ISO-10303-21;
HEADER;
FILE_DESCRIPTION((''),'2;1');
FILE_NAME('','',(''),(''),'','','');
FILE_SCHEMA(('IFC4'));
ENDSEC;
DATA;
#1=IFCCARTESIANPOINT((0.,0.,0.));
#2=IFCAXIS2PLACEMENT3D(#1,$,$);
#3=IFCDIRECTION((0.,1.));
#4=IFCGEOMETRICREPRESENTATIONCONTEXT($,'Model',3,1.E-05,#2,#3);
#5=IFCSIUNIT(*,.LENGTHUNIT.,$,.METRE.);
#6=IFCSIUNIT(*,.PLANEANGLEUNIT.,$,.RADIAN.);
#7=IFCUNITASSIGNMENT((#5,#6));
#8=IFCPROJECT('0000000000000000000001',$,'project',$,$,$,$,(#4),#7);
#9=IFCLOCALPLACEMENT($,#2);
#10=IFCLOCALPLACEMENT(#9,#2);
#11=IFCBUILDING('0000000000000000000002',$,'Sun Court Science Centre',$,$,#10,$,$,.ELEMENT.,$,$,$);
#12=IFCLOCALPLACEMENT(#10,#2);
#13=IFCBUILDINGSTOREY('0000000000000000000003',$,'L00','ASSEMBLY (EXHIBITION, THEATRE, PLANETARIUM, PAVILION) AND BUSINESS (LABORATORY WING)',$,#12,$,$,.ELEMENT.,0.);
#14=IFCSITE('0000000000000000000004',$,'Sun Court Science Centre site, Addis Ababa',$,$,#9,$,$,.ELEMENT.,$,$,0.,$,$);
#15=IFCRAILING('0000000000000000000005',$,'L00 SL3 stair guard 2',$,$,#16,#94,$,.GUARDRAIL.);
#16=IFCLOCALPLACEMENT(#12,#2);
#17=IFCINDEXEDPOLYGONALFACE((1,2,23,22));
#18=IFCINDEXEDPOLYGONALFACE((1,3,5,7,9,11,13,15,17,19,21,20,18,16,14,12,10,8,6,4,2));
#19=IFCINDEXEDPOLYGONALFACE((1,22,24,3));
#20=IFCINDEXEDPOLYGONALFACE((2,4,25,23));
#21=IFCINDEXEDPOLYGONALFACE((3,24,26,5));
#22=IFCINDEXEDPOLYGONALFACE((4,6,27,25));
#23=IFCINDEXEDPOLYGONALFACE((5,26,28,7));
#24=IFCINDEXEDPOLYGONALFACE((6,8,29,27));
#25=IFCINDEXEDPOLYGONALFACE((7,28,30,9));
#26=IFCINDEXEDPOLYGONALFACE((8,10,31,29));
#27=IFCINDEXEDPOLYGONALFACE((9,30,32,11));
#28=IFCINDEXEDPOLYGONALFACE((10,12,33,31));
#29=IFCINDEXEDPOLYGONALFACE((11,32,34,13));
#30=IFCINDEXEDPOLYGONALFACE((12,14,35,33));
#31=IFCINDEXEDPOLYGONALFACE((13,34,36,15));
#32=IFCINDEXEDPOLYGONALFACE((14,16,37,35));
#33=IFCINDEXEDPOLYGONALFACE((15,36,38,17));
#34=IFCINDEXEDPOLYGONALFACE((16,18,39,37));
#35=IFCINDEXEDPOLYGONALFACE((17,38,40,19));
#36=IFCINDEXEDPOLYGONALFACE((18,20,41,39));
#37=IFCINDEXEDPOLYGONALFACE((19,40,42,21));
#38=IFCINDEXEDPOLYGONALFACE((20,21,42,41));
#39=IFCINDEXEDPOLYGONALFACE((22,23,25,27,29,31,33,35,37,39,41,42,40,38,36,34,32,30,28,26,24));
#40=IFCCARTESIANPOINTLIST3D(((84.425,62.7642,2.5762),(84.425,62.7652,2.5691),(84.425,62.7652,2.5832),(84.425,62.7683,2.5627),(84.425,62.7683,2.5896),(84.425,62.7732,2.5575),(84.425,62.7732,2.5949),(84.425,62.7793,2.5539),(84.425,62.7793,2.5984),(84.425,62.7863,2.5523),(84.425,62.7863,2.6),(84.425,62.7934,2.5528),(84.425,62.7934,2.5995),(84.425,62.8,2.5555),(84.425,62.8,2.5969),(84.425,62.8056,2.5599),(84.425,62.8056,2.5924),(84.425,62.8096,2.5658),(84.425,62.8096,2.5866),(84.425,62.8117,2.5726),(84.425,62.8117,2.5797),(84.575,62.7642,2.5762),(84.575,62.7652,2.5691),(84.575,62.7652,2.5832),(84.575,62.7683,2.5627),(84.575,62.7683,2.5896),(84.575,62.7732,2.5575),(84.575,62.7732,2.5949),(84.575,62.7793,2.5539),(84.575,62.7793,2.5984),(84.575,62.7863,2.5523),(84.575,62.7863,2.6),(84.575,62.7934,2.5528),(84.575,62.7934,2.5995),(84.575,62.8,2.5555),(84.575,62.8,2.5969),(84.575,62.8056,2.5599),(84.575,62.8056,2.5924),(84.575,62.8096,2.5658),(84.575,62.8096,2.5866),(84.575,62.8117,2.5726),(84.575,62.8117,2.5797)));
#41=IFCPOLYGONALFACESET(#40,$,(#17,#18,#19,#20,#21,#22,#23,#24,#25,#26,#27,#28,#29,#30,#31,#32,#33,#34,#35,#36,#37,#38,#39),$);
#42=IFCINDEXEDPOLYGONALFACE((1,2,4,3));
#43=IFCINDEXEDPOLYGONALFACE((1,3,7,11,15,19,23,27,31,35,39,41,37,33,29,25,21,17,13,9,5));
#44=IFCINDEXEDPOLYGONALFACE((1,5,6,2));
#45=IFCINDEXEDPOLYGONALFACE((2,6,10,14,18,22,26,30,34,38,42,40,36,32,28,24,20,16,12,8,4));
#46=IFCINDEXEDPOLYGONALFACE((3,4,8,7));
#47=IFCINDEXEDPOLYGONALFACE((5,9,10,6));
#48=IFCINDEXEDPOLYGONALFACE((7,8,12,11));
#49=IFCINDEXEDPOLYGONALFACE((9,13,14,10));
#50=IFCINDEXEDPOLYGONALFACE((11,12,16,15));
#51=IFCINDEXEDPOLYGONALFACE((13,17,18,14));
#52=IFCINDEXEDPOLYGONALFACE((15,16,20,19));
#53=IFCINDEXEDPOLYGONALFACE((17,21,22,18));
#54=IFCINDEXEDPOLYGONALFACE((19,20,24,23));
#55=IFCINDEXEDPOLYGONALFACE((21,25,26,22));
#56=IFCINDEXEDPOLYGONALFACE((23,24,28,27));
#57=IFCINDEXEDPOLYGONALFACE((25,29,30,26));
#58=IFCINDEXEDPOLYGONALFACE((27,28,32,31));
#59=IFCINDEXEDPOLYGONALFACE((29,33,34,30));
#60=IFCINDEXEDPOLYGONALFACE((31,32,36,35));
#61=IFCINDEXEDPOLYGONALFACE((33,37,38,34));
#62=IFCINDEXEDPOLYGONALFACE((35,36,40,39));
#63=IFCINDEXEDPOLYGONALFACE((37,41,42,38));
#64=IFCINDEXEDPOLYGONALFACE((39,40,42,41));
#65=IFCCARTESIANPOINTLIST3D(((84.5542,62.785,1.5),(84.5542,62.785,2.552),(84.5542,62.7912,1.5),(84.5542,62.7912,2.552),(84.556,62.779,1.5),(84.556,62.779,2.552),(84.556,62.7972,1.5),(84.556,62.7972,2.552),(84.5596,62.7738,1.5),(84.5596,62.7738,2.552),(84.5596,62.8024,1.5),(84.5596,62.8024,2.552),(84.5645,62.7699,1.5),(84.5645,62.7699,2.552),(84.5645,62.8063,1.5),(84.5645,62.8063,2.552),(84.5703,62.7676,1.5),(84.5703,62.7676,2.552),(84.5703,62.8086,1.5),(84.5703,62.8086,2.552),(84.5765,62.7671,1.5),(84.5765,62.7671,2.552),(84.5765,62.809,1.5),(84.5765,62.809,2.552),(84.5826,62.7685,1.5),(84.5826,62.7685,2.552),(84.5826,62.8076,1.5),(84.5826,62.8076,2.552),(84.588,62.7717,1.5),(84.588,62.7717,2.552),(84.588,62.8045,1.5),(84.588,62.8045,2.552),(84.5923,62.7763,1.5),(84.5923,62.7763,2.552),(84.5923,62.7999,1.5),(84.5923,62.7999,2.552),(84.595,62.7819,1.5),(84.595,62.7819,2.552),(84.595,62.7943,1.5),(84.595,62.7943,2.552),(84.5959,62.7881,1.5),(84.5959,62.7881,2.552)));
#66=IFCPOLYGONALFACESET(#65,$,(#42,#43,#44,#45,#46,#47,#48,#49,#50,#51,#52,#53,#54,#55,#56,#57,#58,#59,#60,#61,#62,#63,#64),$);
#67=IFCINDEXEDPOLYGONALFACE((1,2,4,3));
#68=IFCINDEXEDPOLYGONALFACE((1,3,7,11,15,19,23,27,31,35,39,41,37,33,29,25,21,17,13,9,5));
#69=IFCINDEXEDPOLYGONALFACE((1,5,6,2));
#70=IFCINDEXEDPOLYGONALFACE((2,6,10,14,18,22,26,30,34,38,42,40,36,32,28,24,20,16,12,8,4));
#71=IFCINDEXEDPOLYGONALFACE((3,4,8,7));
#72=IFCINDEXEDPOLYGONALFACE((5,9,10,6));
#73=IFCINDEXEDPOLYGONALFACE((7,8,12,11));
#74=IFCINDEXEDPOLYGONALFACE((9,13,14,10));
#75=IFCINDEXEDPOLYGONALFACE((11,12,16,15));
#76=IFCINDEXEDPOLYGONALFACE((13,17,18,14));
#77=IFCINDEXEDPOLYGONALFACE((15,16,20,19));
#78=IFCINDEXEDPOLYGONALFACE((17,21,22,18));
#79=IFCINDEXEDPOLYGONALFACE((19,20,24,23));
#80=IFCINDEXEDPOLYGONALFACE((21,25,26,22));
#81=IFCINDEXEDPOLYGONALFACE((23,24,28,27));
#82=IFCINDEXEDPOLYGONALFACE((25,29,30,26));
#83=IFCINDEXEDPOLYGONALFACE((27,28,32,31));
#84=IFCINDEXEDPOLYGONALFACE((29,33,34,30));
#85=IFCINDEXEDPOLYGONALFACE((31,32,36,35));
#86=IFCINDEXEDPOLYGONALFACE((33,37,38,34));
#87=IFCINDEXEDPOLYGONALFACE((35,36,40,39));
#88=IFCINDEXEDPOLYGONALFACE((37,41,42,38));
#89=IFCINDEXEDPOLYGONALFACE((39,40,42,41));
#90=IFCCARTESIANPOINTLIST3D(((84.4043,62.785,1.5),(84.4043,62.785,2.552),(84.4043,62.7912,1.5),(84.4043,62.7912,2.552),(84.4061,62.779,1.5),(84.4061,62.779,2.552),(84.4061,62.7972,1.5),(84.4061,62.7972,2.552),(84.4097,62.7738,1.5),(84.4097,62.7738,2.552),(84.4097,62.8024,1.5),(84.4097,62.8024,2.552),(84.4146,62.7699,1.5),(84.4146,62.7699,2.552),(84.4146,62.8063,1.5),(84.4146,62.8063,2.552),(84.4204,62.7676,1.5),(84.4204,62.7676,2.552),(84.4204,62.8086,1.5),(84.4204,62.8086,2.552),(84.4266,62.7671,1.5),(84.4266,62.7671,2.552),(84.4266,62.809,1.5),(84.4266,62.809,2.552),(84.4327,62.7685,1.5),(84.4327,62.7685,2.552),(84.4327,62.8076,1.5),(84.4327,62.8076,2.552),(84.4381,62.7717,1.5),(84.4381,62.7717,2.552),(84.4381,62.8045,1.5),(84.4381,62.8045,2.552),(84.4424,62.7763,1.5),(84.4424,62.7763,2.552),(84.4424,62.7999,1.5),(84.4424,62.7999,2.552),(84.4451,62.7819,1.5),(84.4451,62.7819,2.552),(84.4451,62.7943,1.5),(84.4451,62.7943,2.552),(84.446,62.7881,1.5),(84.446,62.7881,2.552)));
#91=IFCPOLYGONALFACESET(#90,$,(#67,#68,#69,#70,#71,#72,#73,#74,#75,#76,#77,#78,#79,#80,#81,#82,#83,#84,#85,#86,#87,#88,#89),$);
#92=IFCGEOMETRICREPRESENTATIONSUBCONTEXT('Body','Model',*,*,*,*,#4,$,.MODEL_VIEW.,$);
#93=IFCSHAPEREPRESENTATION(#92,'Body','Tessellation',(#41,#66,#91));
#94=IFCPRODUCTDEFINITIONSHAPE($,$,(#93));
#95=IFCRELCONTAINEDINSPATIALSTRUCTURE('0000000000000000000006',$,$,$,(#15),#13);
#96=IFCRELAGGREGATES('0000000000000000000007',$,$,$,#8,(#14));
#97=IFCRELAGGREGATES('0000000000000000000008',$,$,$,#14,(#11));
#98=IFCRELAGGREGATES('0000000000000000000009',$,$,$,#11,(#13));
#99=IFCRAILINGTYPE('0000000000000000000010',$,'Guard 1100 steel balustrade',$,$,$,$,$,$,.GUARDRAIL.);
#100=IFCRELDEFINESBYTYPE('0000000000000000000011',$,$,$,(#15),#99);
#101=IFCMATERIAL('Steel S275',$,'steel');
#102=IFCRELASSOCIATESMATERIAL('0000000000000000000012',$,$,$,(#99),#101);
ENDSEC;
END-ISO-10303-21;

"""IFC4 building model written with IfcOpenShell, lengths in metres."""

from ifc_helpers import new_model, si_unit, direction, frame, origin, origin_2d, place, context, subcontext, project, spatial, circle, extrude, material, type_object, element, save


model = new_model("IFC4")

# Units and contexts
model_context = context("Model", 3, precision=1e-05, world=origin(), true_north=direction((0.0, 1.0)))
body_context = subcontext(model_context, "Body", "Model", "MODEL_VIEW")
ifc_project = project(units=[si_unit("LENGTHUNIT", "METRE"), si_unit("PLANEANGLEUNIT", "RADIAN")], contexts=[model_context])

# Site, building, storey
site_placement = place(None, origin())
site = spatial("IfcSite", under=ifc_project, at=site_placement, Name="Sun Court Science Centre site, Addis Ababa", CompositionType="ELEMENT", RefElevation=0.0)
building_placement = place(site_placement, origin())
building = spatial("IfcBuilding", under=site, at=building_placement, Name="Sun Court Science Centre", CompositionType="ELEMENT")
storey_placement = place(building_placement, origin())
storey = spatial("IfcBuildingStorey", under=building, at=storey_placement, Name="L00", Description="ASSEMBLY (EXHIBITION, THEATRE, PLANETARIUM, PAVILION) AND BUSINESS (LABORATORY WING)", CompositionType="ELEMENT", Elevation=0.0)

# Railing
ifc_material_1 = material(Name="Steel S275", Category="steel")
railing_type_1 = type_object("IfcRailingType", Name="Guard 1100 steel balustrade", PredefinedType="GUARDRAIL", material=ifc_material_1)
railing_1_placement = place(storey_placement, frame((84.575, 62.7881, 1.5)))
element("IfcRailing", 1, at=railing_1_placement, inside=storey, type_object=railing_type_1, Name="L00 SL3 stair guard 2", PredefinedType="GUARDRAIL", context=body_context, shape_type="SweptSolid", body=[
    extrude(circle(Radius=0.0239, at=origin_2d()), frame((0.0, 0.0, 1.0762), z_axis=(-1.0, 0.0, 0.0), x_axis=(0.0, -1.0, 0.0)), (0.0, 0.0, 1.0), 0.1499),
    extrude(circle(Radius=0.021, at=origin_2d()), origin(), (0.0, 0.0, 1.0), 1.052),
    extrude(circle(Radius=0.021, at=origin_2d()), frame((-0.1499, 0.0, 0.0)), (0.0, 0.0, 1.0), 1.052),
])

save(model, "model.ifc")
